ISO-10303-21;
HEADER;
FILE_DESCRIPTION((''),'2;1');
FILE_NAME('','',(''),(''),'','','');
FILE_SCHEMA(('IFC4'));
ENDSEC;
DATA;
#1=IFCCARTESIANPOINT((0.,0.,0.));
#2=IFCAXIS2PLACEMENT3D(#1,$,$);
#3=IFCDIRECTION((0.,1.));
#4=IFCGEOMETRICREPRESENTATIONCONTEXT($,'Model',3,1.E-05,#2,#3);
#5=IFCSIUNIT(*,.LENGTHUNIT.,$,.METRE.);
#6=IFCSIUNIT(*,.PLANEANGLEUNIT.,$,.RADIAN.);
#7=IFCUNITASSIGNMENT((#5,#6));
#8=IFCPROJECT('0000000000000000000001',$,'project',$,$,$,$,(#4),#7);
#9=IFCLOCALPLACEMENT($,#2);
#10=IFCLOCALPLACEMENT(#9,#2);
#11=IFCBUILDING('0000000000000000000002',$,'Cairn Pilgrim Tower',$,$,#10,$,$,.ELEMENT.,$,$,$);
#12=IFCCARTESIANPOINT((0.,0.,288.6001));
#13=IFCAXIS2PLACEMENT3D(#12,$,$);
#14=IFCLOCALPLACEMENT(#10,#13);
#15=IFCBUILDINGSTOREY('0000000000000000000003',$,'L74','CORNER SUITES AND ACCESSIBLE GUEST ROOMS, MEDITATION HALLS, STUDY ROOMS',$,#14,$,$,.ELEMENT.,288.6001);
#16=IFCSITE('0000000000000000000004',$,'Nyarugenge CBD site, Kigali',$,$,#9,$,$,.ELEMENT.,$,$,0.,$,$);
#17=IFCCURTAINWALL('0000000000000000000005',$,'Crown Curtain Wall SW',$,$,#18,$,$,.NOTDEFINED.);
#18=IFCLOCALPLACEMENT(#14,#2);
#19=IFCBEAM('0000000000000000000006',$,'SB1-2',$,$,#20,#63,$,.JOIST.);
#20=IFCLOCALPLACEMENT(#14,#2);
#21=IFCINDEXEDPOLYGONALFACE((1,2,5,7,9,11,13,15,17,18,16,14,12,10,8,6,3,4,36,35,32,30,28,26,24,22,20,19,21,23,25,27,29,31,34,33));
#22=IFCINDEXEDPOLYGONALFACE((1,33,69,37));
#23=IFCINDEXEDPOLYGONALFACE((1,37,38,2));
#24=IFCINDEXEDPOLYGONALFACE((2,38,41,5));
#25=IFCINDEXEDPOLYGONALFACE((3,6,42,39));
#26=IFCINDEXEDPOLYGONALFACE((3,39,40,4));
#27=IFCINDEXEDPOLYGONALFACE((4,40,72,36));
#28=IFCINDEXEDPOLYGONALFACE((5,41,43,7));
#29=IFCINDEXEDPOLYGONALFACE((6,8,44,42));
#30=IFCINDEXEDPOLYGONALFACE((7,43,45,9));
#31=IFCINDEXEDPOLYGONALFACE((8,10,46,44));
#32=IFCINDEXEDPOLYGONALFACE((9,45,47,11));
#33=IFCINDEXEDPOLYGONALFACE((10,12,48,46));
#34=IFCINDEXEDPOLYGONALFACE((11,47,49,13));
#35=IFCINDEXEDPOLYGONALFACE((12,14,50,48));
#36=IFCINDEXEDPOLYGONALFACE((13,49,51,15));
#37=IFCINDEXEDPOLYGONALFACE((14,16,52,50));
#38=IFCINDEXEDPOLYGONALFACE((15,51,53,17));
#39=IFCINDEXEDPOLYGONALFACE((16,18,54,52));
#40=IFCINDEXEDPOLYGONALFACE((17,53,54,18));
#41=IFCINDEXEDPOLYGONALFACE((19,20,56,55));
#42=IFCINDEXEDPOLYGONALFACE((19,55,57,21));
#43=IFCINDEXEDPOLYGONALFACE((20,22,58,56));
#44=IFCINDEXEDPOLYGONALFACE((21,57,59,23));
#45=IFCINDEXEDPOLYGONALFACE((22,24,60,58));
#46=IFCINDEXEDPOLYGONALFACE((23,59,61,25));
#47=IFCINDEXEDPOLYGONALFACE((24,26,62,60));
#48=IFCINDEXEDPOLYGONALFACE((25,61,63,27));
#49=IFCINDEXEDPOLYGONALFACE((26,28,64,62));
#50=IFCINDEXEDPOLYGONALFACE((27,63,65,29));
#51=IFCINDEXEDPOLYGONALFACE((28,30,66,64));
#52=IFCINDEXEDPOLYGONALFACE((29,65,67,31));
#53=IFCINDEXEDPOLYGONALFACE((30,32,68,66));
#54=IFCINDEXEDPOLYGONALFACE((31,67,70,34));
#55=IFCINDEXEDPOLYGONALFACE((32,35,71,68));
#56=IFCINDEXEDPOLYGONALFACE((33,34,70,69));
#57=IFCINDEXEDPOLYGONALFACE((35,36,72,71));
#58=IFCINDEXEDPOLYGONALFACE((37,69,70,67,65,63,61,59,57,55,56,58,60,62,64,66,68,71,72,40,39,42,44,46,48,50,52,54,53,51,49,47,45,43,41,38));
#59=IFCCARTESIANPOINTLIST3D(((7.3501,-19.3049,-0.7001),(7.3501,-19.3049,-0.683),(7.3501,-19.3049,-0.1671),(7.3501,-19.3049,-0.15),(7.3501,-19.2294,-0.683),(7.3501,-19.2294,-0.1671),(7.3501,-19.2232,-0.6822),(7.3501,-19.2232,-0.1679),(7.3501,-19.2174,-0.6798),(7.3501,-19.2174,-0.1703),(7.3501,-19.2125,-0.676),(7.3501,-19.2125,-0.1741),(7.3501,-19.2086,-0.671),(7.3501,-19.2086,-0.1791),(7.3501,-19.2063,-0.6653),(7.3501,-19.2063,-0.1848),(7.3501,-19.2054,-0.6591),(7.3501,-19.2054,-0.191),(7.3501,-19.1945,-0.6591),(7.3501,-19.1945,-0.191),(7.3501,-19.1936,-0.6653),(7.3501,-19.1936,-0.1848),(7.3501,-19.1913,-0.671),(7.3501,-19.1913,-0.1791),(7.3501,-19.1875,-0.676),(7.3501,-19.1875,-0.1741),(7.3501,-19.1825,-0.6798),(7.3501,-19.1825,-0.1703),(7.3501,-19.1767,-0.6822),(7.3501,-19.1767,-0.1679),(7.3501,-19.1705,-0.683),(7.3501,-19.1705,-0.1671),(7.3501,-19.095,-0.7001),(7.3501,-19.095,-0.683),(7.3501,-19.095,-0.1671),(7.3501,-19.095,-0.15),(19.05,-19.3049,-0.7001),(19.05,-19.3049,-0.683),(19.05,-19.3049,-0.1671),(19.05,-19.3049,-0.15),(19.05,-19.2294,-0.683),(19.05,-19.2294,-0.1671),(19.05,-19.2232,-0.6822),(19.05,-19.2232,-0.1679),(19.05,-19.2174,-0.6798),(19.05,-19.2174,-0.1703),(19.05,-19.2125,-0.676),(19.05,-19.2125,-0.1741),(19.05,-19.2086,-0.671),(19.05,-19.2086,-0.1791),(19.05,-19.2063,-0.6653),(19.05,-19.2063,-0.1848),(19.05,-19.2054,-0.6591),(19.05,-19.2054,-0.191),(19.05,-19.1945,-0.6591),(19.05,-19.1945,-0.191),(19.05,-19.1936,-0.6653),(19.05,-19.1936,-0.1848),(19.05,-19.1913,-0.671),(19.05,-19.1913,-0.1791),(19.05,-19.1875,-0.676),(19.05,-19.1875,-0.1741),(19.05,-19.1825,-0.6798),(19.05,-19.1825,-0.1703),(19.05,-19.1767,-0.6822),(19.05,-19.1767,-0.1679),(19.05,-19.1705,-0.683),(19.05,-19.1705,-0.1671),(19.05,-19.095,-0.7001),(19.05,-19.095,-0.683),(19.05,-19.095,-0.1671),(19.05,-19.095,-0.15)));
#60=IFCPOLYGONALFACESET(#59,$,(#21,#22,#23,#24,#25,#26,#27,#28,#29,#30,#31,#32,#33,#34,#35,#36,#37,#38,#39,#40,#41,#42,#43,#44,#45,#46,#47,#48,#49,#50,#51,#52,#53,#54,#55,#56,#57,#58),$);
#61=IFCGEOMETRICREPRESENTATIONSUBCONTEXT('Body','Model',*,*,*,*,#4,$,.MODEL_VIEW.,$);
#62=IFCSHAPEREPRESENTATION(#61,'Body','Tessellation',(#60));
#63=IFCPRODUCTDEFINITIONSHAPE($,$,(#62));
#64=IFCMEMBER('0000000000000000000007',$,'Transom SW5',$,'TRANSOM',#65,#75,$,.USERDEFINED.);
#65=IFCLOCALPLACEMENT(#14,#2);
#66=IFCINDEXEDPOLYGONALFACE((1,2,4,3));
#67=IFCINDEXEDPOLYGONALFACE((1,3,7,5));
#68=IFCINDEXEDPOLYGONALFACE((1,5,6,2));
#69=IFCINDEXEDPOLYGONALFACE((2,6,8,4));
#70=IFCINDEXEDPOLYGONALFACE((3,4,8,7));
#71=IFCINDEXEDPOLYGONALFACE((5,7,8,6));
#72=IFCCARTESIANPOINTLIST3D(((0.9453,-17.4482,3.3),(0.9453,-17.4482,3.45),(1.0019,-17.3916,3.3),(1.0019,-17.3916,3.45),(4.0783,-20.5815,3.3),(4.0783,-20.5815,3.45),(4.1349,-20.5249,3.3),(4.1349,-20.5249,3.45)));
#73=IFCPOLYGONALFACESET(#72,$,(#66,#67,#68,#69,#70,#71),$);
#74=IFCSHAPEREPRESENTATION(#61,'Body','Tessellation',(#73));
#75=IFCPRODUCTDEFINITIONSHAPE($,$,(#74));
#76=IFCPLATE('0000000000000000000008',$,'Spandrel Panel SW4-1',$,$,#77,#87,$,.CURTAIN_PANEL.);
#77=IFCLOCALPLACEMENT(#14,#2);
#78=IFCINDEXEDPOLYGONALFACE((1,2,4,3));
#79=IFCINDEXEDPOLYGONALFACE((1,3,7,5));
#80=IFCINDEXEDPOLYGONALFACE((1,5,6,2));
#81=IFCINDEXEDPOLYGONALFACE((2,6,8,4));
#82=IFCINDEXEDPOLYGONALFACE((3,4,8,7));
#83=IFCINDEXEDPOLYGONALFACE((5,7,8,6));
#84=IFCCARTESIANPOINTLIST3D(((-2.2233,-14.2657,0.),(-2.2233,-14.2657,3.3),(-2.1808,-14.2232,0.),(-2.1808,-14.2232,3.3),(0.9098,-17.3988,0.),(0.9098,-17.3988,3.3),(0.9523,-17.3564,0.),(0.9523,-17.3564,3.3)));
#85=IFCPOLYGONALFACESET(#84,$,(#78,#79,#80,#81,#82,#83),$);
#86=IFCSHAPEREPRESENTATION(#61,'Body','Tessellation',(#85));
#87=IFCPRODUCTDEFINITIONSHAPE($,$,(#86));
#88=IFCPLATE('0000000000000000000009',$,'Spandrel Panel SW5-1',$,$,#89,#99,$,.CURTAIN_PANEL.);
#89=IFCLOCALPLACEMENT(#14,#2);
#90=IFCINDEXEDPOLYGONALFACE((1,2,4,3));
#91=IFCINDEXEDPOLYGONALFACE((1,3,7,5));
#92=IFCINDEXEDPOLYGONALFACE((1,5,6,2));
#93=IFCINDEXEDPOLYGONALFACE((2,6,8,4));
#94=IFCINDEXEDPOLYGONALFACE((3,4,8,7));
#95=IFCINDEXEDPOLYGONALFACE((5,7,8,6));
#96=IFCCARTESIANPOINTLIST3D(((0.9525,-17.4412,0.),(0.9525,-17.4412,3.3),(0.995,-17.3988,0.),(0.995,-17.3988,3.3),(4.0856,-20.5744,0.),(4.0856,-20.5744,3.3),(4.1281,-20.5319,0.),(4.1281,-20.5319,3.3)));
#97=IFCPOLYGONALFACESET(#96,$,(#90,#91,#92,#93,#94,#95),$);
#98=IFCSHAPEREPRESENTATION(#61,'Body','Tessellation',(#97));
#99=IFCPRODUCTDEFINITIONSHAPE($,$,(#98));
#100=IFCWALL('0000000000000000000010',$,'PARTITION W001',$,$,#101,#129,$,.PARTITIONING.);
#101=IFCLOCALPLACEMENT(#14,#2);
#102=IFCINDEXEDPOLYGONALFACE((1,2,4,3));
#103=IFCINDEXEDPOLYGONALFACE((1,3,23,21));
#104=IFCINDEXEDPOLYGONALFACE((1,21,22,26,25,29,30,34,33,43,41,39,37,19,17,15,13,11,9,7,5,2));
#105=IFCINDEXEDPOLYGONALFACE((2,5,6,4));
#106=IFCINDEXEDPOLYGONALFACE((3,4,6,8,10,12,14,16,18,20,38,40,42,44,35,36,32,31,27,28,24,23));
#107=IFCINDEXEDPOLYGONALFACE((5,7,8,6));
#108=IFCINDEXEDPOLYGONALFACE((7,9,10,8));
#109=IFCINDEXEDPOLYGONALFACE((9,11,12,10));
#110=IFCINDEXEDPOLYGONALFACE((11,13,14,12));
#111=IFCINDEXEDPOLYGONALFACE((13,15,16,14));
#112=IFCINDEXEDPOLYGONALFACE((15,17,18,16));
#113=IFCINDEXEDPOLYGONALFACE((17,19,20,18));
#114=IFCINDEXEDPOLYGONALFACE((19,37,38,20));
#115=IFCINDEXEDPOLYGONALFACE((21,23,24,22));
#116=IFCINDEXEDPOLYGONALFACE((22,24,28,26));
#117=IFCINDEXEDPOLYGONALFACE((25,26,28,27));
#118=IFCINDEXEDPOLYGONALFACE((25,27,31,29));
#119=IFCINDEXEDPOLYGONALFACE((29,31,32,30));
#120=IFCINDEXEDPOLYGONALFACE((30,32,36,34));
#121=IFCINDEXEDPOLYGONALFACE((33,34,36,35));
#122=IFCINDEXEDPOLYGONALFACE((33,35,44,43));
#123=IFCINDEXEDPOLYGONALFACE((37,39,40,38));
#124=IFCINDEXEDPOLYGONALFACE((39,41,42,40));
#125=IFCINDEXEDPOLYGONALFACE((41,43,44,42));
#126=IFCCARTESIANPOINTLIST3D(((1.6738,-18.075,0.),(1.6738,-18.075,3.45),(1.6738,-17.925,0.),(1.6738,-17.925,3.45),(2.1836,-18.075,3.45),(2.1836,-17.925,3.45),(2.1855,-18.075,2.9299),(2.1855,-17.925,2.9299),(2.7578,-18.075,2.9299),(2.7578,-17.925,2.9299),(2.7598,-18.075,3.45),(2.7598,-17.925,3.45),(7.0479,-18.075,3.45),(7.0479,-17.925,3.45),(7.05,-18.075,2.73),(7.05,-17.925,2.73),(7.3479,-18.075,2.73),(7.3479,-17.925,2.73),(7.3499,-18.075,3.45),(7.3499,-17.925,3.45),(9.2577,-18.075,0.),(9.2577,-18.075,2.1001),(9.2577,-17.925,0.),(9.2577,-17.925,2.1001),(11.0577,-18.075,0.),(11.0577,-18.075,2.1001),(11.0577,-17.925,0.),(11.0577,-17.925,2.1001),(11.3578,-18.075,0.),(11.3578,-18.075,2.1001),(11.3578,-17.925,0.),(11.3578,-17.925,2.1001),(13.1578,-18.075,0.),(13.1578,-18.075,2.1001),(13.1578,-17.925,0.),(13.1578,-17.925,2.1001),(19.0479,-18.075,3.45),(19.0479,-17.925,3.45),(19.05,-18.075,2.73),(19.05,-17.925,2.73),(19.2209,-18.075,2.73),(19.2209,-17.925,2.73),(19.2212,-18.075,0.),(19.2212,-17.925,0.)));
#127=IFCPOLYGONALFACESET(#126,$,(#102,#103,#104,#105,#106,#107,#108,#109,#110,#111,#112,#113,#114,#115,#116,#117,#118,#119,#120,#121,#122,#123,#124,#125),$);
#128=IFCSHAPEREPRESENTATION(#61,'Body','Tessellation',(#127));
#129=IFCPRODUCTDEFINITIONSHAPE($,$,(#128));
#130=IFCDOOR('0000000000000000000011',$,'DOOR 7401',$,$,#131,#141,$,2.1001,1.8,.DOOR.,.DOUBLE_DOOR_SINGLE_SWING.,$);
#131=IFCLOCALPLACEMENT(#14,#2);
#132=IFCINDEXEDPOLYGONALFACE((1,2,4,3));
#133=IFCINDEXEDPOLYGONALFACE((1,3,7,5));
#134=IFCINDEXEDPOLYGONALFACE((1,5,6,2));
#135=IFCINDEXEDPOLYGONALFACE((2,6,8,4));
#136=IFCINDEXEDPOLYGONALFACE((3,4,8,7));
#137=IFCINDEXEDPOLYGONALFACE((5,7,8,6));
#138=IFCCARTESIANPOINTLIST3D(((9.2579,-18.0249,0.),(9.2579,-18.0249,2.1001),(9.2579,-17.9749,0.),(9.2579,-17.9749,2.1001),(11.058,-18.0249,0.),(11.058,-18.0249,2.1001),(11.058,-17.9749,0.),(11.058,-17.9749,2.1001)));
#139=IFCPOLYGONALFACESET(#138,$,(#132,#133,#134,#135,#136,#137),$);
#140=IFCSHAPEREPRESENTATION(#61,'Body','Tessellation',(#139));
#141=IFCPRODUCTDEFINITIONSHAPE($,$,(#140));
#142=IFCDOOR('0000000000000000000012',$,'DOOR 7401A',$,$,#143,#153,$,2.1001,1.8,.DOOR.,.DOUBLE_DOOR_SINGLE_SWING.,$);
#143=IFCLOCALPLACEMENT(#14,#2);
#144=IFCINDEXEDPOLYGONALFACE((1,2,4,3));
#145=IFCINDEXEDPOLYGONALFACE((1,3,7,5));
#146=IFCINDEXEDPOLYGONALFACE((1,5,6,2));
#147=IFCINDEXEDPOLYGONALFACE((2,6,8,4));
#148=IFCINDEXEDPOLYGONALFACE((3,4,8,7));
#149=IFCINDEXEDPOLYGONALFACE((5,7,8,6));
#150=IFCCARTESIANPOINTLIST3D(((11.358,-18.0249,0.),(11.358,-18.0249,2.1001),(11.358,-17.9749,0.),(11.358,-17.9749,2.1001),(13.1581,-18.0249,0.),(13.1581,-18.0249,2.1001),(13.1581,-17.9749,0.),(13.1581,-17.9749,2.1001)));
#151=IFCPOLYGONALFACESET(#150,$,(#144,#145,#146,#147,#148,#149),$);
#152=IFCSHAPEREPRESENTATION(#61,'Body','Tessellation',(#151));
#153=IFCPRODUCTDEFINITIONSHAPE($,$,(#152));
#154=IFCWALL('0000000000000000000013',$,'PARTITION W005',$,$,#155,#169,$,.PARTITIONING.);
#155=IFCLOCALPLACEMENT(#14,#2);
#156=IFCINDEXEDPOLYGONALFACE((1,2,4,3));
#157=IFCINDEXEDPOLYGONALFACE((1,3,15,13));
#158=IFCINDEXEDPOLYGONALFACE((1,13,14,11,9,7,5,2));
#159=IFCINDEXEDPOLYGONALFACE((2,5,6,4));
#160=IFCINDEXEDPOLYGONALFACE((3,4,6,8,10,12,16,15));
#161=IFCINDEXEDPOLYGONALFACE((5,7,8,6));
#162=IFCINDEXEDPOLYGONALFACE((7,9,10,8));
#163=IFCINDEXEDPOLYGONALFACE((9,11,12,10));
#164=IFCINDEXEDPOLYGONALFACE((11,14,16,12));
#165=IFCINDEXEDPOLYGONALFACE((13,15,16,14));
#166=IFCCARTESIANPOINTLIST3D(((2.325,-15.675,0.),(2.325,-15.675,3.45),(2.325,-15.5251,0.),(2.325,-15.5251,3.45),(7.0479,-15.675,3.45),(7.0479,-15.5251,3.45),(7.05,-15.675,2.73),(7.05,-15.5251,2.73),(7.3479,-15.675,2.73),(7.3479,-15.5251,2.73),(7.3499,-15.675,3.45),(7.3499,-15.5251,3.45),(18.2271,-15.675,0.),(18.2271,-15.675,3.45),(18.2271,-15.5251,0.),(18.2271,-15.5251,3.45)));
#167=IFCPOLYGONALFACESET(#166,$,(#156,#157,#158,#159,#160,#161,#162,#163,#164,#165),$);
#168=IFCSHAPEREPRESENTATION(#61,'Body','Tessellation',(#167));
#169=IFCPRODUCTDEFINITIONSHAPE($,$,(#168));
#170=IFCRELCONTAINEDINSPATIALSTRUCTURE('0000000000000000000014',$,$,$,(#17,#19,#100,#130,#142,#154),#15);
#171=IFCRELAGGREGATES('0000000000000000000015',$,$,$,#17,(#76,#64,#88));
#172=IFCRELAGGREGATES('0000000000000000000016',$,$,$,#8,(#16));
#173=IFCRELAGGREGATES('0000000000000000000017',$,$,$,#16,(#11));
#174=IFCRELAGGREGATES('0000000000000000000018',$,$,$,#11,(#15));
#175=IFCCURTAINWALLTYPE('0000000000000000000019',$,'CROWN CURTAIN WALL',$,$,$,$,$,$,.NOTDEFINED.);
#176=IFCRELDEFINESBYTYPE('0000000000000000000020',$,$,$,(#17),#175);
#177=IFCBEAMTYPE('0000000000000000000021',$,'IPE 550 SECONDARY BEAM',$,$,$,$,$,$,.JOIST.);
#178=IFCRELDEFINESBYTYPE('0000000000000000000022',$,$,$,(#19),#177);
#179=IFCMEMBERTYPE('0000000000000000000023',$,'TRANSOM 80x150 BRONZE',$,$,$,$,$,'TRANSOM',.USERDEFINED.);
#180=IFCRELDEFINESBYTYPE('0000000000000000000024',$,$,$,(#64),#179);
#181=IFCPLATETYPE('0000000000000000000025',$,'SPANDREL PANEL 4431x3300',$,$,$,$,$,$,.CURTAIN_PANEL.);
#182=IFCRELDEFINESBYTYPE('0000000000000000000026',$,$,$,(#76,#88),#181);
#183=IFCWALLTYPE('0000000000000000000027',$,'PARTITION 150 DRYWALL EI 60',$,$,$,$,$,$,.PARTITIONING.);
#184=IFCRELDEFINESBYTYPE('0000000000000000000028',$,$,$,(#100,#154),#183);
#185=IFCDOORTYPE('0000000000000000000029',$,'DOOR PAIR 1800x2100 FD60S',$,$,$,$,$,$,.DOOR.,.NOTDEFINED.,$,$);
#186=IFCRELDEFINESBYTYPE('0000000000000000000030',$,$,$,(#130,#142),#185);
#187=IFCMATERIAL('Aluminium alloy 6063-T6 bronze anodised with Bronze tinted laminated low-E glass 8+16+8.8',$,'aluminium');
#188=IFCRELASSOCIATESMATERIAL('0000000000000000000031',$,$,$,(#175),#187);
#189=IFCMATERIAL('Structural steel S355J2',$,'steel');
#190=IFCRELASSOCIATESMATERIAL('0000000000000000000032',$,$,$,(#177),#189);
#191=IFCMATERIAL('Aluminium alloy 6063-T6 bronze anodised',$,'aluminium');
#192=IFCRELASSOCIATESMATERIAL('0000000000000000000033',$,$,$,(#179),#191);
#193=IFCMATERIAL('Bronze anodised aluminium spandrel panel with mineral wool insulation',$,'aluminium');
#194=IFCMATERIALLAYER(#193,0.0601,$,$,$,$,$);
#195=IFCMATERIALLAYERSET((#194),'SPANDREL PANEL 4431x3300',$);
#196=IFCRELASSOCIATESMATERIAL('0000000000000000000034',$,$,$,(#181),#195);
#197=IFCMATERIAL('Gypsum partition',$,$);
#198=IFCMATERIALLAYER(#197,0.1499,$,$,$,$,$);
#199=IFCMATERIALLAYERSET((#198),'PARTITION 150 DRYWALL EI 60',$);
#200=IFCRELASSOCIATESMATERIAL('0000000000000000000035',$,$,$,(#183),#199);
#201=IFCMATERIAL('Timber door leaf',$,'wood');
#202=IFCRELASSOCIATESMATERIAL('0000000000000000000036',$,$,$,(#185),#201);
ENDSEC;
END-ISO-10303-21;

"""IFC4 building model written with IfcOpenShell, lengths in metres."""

from ifc_helpers import new_model, si_unit, direction, frame, frame_2d, origin, origin_2d, place, context, subcontext, project, spatial, polyline, rectangle, i_section, outline, extrude, material, layer, layer_set, material_profile, profile_set, type_object, element, fill, aggregate, save


model = new_model("IFC4")

# Units and contexts
model_context = context("Model", 3, precision=1e-05, world=origin(), true_north=direction((0.0, 1.0)))
body_context = subcontext(model_context, "Body", "Model", "MODEL_VIEW")
ifc_project = project(units=[si_unit("LENGTHUNIT", "METRE"), si_unit("PLANEANGLEUNIT", "RADIAN")], contexts=[model_context])

# Site, building, storey
site_placement = place(None, origin())
site = spatial("IfcSite", under=ifc_project, at=site_placement, Name="Nyarugenge CBD site, Kigali", CompositionType="ELEMENT", RefElevation=0.0)
building_placement = place(site_placement, origin())
building = spatial("IfcBuilding", under=site, at=building_placement, Name="Cairn Pilgrim Tower", CompositionType="ELEMENT")
storey_placement = place(building_placement, frame((0.0, 0.0, 288.6001)))
storey = spatial("IfcBuildingStorey", under=building, at=storey_placement, Name="L74", Description="CORNER SUITES AND ACCESSIBLE GUEST ROOMS, MEDITATION HALLS, STUDY ROOMS", CompositionType="ELEMENT", Elevation=288.6001)

# Shared definitions
ifc_material_1 = material(Name="Structural steel S355J2", Category="steel")

# Shared definitions
ifc_material_2 = material(Name="Aluminium alloy 6063-T6 bronze anodised with Bronze tinted laminated low-E glass 8+16+8.8", Category="aluminium")
curtain_wall_type = type_object("IfcCurtainWallType", Name="CROWN CURTAIN WALL", PredefinedType="NOTDEFINED", material=ifc_material_2)
ifc_material_3 = material(Name="Aluminium alloy 6063-T6 bronze anodised", Category="aluminium")

# Curtain wall
curtain_wall_1_placement = place(storey_placement, origin())
curtain_wall_1 = element("IfcCurtainWall", 1, at=curtain_wall_1_placement, inside=storey, type_object=curtain_wall_type, Name="Crown Curtain Wall SW", PredefinedType="NOTDEFINED")

# Beam
ifc_material_profile_1 = material_profile(ifc_material_1, i_section(OverallWidth=0.21, OverallDepth=0.55, WebThickness=0.011, FlangeThickness=0.0171, FilletRadius=0.0239, at=origin_2d()), Name="IPE 550")
ifc_profile_set_1 = profile_set([ifc_material_profile_1], Name="Structural steel S355J2")
beam_type_1 = type_object("IfcBeamType", Name="IPE 550 SECONDARY BEAM", PredefinedType="JOIST", material=ifc_profile_set_1)
beam_1_placement = place(storey_placement, frame((7.3501, -19.2, -0.425), z_axis=(1.0, 0.0, 0.0), x_axis=(0.0, 1.0, 0.0)))
element("IfcBeam", 2, at=beam_1_placement, inside=storey, type_object=beam_type_1, Name="SB1-2", PredefinedType="JOIST", context=body_context, shape_type="SweptSolid", body=[
    extrude(i_section(OverallWidth=0.21, OverallDepth=0.55, WebThickness=0.011, FlangeThickness=0.0171, FilletRadius=0.0239, at=origin_2d()), origin(), (0.0, 0.0, 1.0), 11.7),
])

# Member
ifc_material_profile_2 = material_profile(ifc_material_3, rectangle(XDim=0.0801, YDim=0.1499, at=origin_2d()), Name="TRANSOM 80x150 BRONZE")
ifc_profile_set_2 = profile_set([ifc_material_profile_2], Name="Aluminium alloy 6063-T6 bronze anodised")
member_type_1 = type_object("IfcMemberType", Name="TRANSOM 80x150 BRONZE", ElementType="TRANSOM", PredefinedType="USERDEFINED", material=ifc_profile_set_2)
member_1_placement = place(storey_placement, frame((0.9736, -17.4199, 3.375), z_axis=(0.707079, -0.707134, 0.0), x_axis=(0.707134, 0.707079, 0.0)))
member_1 = element("IfcMember", 3, at=member_1_placement, type_object=member_type_1, Name="Transom SW5", ObjectType="TRANSOM", PredefinedType="USERDEFINED", context=body_context, shape_type="SweptSolid", body=[
    extrude(rectangle(XDim=0.0801, YDim=0.1499, at=origin_2d()), origin(), (0.0, 0.0, 1.0), 4.4309),
])

# Plates
ifc_material_4 = material(Name="Bronze anodised aluminium spandrel panel with mineral wool insulation", Category="aluminium")
ifc_layer_1 = layer(ifc_material_4, 0.0601)
ifc_layer_set_1 = layer_set([ifc_layer_1], Name="SPANDREL PANEL 4431x3300")
plate_type = type_object("IfcPlateType", Name="SPANDREL PANEL 4431x3300", PredefinedType="CURTAIN_PANEL", material=ifc_layer_set_1)
plate_1_placement = place(storey_placement, frame((-0.6355, -15.811, 0.0), z_axis=(0.0, 0.0, 1.0), x_axis=(0.707107, -0.707107, 0.0)))
plate_1 = element("IfcPlate", 4, at=plate_1_placement, type_object=plate_type, Name="Spandrel Panel SW4-1", PredefinedType="CURTAIN_PANEL", context=body_context, shape_type="SweptSolid", body=[
    extrude(rectangle(XDim=4.4309, YDim=0.0601, at=origin_2d()), origin(), (0.0, 0.0, 1.0), 3.3),
])
plate_2_placement = place(storey_placement, frame((2.5403, -18.9866, 0.0), z_axis=(0.0, 0.0, 1.0), x_axis=(0.707107, -0.707107, 0.0)))
plate_2 = element("IfcPlate", 5, at=plate_2_placement, type_object=plate_type, Name="Spandrel Panel SW5-1", PredefinedType="CURTAIN_PANEL", context=body_context, shape_type="SweptSolid", body=[
    extrude(rectangle(XDim=4.4309, YDim=0.0601, at=origin_2d()), origin(), (0.0, 0.0, 1.0), 3.3),
])
aggregate(curtain_wall_1, [plate_1, member_1, plate_2])

# Wall, openings, doors
ifc_material_5 = material(Name="Gypsum partition")
ifc_layer_2 = layer(ifc_material_5, 0.1499)
ifc_layer_set_2 = layer_set([ifc_layer_2], Name="PARTITION 150 DRYWALL EI 60")
wall_type_1 = type_object("IfcWallType", Name="PARTITION 150 DRYWALL EI 60", PredefinedType="PARTITIONING", material=ifc_layer_set_2)
wall_1_placement = place(storey_placement, frame((1.6738, -18.0, 0.0), z_axis=(0.0, 0.0, 1.0), x_axis=(1.0, 0.0, 0.0)))
wall_1 = element("IfcWall", 6, at=wall_1_placement, inside=storey, type_object=wall_type_1, Name="PARTITION W001", PredefinedType="PARTITIONING", context=body_context, shape_type="SweptSolid", body=[
    extrude(outline(polyline([(0.0, 0.0), (17.5474, 0.0), (17.5471, 2.73), (17.3762, 2.73), (17.374, 3.45), (5.676, 3.45), (5.6741, 2.73), (5.3762, 2.73), (5.374, 3.45), (1.0859, 3.45), (1.084, 2.9299), (0.5117, 2.9299), (0.5098, 3.45), (0.0, 3.45), (0.0, 0.0)])), frame((0.0, 0.075, 0.0), z_axis=(0.0, -1.0, 0.0), x_axis=(1.0, 0.0, 0.0)), (0.0, 0.0, 1.0), 0.1499),
])
opening_1_placement = place(wall_1_placement, frame((7.584, 0.0, 0.0)))
opening_1 = element("IfcOpeningElement", 7, at=opening_1_placement, cuts=wall_1, PredefinedType="OPENING", context=body_context, shape_type="SweptSolid", body=[
    extrude(rectangle(XDim=1.8, YDim=2.1001, at=frame_2d((0.8999, 1.05))), frame((0.0, 0.085, 0.0), z_axis=(0.0, -1.0, 0.0), x_axis=(1.0, 0.0, 0.0)), (0.0, 0.0, 1.0), 0.1699),
])
opening_2_placement = place(wall_1_placement, frame((9.6841, 0.0, 0.0)))
opening_2 = element("IfcOpeningElement", 8, at=opening_2_placement, cuts=wall_1, PredefinedType="OPENING", context=body_context, shape_type="SweptSolid", body=[
    extrude(rectangle(XDim=1.8, YDim=2.1001, at=frame_2d((0.8999, 1.05))), frame((0.0, 0.085, 0.0), z_axis=(0.0, -1.0, 0.0), x_axis=(1.0, 0.0, 0.0)), (0.0, 0.0, 1.0), 0.1699),
])
ifc_material_6 = material(Name="Timber door leaf", Category="wood")
door_type_1 = type_object("IfcDoorType", Name="DOOR PAIR 1800x2100 FD60S", OperationType="NOTDEFINED", PredefinedType="DOOR", material=ifc_material_6)
door_1_placement = place(opening_1_placement, frame((1.8, 0.0, 0.0), z_axis=(0.0, 0.0, 1.0), x_axis=(-1.0, 0.0, 0.0)))
door_1 = element("IfcDoor", 9, at=door_1_placement, inside=storey, type_object=door_type_1, Name="DOOR 7401", OperationType="DOUBLE_DOOR_SINGLE_SWING", OverallHeight=2.1001, OverallWidth=1.8, PredefinedType="DOOR", context=body_context, shape_type="SweptSolid", body=[
    extrude(rectangle(XDim=1.8, YDim=2.1001, at=frame_2d((0.8999, 1.05))), frame((0.0, 0.0249, 0.0), z_axis=(0.0, -1.0, 0.0), x_axis=(1.0, 0.0, 0.0)), (0.0, 0.0, 1.0), 0.05),
])
fill(opening_1, door_1)
door_2_placement = place(opening_2_placement, frame((1.8, 0.0, 0.0), z_axis=(0.0, 0.0, 1.0), x_axis=(-1.0, 0.0, 0.0)))
door_2 = element("IfcDoor", 10, at=door_2_placement, inside=storey, type_object=door_type_1, Name="DOOR 7401A", OperationType="DOUBLE_DOOR_SINGLE_SWING", OverallHeight=2.1001, OverallWidth=1.8, PredefinedType="DOOR", context=body_context, shape_type="SweptSolid", body=[
    extrude(rectangle(XDim=1.8, YDim=2.1001, at=frame_2d((0.8999, 1.05))), frame((0.0, 0.0249, 0.0), z_axis=(0.0, -1.0, 0.0), x_axis=(1.0, 0.0, 0.0)), (0.0, 0.0, 1.0), 0.05),
])
fill(opening_2, door_2)

# Wall
wall_2_placement = place(storey_placement, frame((2.325, -15.6001, 0.0), z_axis=(0.0, 0.0, 1.0), x_axis=(1.0, 0.0, 0.0)))
element("IfcWall", 11, at=wall_2_placement, inside=storey, type_object=wall_type_1, Name="PARTITION W005", PredefinedType="PARTITIONING", context=body_context, shape_type="SweptSolid", body=[
    extrude(outline(polyline([(0.0, 0.0), (15.9021, 0.0), (15.9021, 3.45), (5.0249, 3.45), (5.0229, 2.73), (4.7251, 2.73), (4.7229, 3.45), (0.0, 3.45), (0.0, 0.0)])), frame((0.0, 0.075, 0.0), z_axis=(0.0, -1.0, 0.0), x_axis=(1.0, 0.0, 0.0)), (0.0, 0.0, 1.0), 0.1499),
])

save(model, "model.ifc")
